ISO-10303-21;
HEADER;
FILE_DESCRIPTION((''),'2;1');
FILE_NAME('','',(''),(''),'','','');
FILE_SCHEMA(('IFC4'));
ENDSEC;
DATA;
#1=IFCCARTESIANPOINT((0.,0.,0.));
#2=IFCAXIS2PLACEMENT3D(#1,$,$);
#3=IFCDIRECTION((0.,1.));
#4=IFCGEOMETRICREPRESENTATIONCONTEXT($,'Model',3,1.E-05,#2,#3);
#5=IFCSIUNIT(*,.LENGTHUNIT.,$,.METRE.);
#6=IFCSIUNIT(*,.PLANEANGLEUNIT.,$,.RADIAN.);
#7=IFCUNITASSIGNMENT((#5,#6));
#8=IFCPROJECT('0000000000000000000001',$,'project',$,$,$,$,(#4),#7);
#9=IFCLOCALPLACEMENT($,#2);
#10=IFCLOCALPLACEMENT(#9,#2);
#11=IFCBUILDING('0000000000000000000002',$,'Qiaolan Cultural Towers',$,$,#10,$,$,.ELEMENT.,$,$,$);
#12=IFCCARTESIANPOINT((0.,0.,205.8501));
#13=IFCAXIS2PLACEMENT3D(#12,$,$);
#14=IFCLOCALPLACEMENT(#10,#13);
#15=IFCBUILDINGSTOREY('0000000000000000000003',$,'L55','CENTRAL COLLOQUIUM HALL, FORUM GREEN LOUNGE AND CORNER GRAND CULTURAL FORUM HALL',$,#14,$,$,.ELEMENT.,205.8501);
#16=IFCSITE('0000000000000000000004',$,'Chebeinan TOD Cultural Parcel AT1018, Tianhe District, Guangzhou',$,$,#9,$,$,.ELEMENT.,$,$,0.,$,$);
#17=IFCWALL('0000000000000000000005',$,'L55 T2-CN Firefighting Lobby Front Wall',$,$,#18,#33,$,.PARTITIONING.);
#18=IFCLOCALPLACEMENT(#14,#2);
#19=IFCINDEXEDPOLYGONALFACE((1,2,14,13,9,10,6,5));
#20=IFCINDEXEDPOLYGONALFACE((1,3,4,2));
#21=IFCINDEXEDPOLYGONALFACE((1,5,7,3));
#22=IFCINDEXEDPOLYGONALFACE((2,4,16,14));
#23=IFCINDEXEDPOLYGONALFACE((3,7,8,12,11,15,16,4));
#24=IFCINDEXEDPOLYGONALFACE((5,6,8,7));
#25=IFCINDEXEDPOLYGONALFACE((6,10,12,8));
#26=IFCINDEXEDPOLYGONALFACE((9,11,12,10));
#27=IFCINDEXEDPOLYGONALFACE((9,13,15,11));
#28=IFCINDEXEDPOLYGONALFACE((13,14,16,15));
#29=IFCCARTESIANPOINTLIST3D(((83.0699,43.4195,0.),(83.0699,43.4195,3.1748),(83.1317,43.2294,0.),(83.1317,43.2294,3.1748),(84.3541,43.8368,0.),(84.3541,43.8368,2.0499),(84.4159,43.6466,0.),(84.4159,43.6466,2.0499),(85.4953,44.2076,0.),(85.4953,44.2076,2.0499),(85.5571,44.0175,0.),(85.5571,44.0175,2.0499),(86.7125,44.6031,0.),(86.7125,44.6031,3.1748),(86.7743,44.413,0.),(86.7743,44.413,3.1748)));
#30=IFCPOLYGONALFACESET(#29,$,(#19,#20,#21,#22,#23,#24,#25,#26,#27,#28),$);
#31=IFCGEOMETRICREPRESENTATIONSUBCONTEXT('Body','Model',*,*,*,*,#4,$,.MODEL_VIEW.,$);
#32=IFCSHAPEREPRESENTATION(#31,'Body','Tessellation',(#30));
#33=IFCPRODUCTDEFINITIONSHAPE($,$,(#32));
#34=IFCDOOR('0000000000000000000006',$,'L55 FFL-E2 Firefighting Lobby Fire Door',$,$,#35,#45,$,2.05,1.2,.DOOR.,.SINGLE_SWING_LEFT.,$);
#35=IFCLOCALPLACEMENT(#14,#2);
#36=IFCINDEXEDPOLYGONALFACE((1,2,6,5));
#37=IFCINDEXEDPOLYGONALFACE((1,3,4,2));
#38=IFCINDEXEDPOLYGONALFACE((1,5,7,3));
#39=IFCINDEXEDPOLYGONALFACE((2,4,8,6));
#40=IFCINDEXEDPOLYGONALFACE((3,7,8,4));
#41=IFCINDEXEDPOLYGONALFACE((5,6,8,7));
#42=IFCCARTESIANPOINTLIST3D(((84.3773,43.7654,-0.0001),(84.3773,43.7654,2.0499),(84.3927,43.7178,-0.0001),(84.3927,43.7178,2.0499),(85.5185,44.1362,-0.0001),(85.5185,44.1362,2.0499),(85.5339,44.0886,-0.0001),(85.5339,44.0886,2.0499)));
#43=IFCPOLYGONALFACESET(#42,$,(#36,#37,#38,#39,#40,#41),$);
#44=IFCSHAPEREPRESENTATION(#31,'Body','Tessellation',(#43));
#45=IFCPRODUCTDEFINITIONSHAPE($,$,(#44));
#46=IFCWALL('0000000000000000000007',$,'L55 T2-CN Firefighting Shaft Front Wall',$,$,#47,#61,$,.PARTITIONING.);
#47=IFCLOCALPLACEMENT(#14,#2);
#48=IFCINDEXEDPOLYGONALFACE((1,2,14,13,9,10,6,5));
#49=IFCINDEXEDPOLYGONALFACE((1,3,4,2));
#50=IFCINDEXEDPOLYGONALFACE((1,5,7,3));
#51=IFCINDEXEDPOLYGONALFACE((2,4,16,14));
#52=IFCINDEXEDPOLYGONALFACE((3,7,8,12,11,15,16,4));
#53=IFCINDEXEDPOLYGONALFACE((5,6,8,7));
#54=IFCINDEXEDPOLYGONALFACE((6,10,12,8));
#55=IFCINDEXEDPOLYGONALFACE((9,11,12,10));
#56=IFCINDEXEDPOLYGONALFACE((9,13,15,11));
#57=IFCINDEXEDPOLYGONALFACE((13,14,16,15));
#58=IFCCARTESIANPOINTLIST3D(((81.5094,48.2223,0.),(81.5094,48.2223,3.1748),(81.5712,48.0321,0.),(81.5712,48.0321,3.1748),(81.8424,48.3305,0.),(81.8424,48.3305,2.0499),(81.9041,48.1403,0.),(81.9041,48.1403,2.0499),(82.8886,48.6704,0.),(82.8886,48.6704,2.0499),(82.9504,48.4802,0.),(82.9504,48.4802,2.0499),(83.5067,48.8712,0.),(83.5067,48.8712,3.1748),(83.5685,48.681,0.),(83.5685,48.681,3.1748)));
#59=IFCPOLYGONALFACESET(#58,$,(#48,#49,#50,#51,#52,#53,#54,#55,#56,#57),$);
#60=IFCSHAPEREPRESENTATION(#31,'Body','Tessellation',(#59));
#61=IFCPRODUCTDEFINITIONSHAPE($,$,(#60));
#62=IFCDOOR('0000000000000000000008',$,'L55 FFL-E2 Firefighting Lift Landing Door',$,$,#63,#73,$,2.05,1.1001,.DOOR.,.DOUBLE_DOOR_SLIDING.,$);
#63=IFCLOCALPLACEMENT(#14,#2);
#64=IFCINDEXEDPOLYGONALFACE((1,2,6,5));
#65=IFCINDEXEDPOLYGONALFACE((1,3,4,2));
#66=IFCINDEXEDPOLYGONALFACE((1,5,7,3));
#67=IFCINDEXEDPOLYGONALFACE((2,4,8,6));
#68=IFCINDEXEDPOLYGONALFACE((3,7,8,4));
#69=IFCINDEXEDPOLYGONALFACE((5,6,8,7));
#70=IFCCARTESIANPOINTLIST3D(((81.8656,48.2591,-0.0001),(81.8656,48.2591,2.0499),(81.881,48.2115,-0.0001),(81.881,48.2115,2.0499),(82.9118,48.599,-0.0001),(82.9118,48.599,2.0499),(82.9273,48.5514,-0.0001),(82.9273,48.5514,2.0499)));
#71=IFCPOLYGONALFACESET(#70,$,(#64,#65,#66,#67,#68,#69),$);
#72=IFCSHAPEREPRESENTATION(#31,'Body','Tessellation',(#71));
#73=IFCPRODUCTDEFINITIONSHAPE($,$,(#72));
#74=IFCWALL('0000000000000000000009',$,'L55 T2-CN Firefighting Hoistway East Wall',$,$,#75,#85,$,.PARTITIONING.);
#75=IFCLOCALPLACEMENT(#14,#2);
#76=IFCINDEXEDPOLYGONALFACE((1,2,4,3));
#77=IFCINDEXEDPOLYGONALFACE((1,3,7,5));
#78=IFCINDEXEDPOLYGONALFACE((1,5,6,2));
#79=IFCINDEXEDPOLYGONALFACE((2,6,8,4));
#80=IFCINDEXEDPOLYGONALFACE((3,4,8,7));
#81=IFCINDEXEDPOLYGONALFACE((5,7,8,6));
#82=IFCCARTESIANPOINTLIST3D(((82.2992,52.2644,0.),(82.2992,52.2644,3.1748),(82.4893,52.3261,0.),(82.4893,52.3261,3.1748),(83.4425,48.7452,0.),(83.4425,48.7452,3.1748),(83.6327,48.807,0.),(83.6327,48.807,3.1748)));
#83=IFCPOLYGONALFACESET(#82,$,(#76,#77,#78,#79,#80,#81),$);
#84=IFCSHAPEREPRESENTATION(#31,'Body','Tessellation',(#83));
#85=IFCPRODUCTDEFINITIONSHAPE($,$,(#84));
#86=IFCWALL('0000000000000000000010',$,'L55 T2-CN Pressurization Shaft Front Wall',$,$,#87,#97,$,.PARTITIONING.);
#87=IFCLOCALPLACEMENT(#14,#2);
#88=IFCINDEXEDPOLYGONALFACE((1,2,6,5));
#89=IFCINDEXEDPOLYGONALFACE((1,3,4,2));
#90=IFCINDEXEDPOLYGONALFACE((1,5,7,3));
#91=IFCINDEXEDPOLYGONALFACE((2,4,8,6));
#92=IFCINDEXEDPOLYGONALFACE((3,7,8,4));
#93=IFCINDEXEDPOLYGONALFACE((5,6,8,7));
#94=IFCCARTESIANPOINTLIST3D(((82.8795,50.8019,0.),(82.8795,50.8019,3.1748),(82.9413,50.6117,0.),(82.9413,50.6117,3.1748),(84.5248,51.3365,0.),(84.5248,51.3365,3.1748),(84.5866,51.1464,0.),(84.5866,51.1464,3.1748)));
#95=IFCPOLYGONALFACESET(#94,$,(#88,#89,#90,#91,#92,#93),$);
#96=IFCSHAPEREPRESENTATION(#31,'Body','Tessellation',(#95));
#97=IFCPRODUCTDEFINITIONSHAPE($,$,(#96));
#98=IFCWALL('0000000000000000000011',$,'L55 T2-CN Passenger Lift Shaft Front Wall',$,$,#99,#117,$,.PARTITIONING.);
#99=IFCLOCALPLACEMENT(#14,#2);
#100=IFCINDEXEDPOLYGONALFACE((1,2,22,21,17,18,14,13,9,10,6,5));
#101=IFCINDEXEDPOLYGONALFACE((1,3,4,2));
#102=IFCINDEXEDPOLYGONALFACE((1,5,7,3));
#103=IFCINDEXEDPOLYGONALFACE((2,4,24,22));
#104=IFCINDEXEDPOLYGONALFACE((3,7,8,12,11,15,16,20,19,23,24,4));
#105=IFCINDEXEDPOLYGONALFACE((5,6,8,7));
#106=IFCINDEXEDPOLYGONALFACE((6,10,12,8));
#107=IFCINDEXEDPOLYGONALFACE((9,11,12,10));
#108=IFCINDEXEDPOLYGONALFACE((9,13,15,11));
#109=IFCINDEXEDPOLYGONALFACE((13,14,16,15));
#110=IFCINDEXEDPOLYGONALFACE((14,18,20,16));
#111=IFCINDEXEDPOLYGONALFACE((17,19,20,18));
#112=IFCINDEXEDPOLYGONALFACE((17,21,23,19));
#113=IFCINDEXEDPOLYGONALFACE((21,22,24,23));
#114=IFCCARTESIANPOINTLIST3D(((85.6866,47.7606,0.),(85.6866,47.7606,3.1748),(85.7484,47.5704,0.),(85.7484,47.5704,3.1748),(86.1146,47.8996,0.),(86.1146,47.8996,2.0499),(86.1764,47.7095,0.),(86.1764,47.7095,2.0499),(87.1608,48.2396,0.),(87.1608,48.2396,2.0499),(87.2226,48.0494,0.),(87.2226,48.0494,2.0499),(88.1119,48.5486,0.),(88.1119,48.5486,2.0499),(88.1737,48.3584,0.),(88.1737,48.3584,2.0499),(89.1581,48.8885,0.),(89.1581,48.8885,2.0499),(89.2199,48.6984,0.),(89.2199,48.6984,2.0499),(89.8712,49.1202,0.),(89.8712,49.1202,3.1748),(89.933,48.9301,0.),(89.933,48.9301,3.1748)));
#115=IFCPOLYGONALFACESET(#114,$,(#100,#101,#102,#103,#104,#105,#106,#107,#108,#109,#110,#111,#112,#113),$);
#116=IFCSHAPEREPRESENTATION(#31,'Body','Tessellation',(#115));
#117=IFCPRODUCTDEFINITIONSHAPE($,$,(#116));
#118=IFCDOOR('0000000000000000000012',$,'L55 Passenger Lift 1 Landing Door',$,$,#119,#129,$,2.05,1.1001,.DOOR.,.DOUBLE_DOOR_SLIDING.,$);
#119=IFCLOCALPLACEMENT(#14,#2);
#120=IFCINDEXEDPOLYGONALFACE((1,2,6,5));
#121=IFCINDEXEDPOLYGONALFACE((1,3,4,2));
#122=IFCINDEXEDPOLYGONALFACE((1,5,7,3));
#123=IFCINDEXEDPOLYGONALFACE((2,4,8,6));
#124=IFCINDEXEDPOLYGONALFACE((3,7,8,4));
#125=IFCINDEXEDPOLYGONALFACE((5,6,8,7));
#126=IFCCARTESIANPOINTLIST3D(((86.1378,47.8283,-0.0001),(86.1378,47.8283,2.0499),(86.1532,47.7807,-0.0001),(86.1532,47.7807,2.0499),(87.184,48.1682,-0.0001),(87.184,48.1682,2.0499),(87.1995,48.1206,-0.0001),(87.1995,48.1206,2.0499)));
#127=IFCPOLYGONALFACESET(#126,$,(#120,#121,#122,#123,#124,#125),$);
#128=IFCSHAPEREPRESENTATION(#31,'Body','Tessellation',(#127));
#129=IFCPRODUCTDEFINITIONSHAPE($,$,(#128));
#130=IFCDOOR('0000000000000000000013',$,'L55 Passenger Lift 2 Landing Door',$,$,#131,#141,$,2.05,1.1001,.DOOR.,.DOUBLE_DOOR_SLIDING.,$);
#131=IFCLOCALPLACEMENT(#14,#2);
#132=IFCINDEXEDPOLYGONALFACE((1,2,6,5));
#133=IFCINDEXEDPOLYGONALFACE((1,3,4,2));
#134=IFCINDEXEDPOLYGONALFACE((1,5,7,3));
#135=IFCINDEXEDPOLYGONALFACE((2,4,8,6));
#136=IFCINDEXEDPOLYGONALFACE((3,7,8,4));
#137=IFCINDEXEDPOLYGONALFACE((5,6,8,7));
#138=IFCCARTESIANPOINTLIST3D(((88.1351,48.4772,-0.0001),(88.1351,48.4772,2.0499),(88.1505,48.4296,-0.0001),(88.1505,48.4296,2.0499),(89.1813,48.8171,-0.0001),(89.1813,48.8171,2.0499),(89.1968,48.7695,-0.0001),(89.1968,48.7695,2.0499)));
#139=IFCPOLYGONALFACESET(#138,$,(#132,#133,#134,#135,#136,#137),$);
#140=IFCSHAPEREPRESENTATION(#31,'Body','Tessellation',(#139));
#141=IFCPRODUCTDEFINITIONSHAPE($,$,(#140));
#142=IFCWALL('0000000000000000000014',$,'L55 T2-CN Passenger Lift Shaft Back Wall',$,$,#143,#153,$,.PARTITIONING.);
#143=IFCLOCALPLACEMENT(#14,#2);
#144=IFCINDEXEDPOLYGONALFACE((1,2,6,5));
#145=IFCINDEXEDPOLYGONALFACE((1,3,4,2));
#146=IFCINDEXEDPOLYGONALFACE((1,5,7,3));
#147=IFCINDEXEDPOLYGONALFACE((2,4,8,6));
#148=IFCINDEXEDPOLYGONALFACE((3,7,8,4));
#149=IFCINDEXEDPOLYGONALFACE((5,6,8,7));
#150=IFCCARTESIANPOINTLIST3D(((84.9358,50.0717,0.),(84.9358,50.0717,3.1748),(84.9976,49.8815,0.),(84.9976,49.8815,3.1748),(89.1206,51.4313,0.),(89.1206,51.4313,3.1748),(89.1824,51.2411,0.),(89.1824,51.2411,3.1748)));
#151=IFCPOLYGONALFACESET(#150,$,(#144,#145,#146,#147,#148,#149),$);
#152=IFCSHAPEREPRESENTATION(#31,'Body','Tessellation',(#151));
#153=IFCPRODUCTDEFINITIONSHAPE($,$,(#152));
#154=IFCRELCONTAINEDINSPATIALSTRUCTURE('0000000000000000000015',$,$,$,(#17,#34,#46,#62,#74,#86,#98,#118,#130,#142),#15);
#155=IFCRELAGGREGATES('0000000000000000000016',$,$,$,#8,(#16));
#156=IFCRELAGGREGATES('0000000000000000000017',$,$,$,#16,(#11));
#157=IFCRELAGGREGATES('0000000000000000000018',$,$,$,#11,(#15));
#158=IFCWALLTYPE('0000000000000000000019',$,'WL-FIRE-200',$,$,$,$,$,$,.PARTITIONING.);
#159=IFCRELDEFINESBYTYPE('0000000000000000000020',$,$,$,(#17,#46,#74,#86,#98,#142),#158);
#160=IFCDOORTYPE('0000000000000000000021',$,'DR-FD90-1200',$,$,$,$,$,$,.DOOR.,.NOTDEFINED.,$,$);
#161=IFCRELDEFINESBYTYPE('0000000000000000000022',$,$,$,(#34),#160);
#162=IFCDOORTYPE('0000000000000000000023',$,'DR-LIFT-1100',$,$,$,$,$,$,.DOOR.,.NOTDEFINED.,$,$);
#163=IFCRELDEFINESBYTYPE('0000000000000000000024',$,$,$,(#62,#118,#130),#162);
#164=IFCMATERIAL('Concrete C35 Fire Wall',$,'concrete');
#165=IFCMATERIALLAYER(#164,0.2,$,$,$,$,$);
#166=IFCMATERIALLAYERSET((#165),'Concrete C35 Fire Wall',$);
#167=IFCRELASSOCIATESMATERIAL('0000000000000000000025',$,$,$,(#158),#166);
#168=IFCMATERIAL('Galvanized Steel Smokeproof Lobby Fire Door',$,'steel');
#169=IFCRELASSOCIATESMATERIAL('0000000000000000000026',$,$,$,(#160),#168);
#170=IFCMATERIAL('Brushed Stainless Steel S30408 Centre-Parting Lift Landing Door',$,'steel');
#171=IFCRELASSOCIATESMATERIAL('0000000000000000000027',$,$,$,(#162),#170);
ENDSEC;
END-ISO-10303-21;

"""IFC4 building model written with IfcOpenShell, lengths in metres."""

from ifc_helpers import new_model, si_unit, direction, frame, frame_2d, origin, place, context, subcontext, project, spatial, rectangle, extrude, material, layer, layer_set, type_object, element, fill, save


model = new_model("IFC4")

# Units and contexts
model_context = context("Model", 3, precision=1e-05, world=origin(), true_north=direction((0.0, 1.0)))
body_context = subcontext(model_context, "Body", "Model", "MODEL_VIEW")
ifc_project = project(units=[si_unit("LENGTHUNIT", "METRE"), si_unit("PLANEANGLEUNIT", "RADIAN")], contexts=[model_context])

# Site, building, storey
site_placement = place(None, origin())
site = spatial("IfcSite", under=ifc_project, at=site_placement, Name="Chebeinan TOD Cultural Parcel AT1018, Tianhe District, Guangzhou", CompositionType="ELEMENT", RefElevation=0.0)
building_placement = place(site_placement, origin())
building = spatial("IfcBuilding", under=site, at=building_placement, Name="Qiaolan Cultural Towers", CompositionType="ELEMENT")
storey_placement = place(building_placement, frame((0.0, 0.0, 205.8501)))
storey = spatial("IfcBuildingStorey", under=building, at=storey_placement, Name="L55", Description="CENTRAL COLLOQUIUM HALL, FORUM GREEN LOUNGE AND CORNER GRAND CULTURAL FORUM HALL", CompositionType="ELEMENT", Elevation=205.8501)

# Shared definitions
ifc_material_1 = material(Name="Concrete C35 Fire Wall", Category="concrete")
ifc_layer_1 = layer(ifc_material_1, 0.2)
ifc_layer_set_1 = layer_set([ifc_layer_1], Name="Concrete C35 Fire Wall")
wall_type_1 = type_object("IfcWallType", Name="WL-FIRE-200", PredefinedType="PARTITIONING", material=ifc_layer_set_1)

# Walls, openings, doors
wall_1_placement = place(storey_placement, frame((83.1008, 43.3245, 0.0), z_axis=(0.0, 0.0, 1.0), x_axis=(0.951053, 0.309028, 0.0)))
wall_1 = element("IfcWall", 1, at=wall_1_placement, inside=storey, type_object=wall_type_1, Name="L55 T2-CN Firefighting Lobby Front Wall", PredefinedType="PARTITIONING", context=body_context, shape_type="SweptSolid", body=[
    extrude(rectangle(XDim=3.8301, YDim=0.2, at=frame_2d((1.915, 0.0))), origin(), (0.0, 0.0, 1.0), 3.1748),
])
opening_1_placement = place(wall_1_placement, frame((1.3501, 0.0, 0.0)))
opening_1 = element("IfcOpeningElement", 2, at=opening_1_placement, cuts=wall_1, PredefinedType="OPENING", context=body_context, shape_type="SweptSolid", body=[
    extrude(rectangle(XDim=1.2, YDim=2.05, at=frame_2d((0.6001, 1.0249))), frame((0.0, 0.1099, 0.0), z_axis=(0.0, -1.0, 0.0), x_axis=(1.0, 0.0, 0.0)), (0.0, 0.0, 1.0), 0.22),
])
ifc_material_2 = material(Name="Galvanized Steel Smokeproof Lobby Fire Door", Category="steel")
door_type_1 = type_object("IfcDoorType", Name="DR-FD90-1200", OperationType="NOTDEFINED", PredefinedType="DOOR", material=ifc_material_2)
door_1_placement = place(opening_1_placement, origin())
door_1 = element("IfcDoor", 3, at=door_1_placement, inside=storey, type_object=door_type_1, Name="L55 FFL-E2 Firefighting Lobby Fire Door", OperationType="SINGLE_SWING_LEFT", OverallHeight=2.05, OverallWidth=1.2, PredefinedType="DOOR", context=body_context, shape_type="SweptSolid", body=[
    extrude(rectangle(XDim=1.2, YDim=2.05, at=frame_2d((0.6001, 1.0249))), frame((0.0, 0.0249, 0.0), z_axis=(0.0, -1.0, 0.0), x_axis=(1.0, 0.0, 0.0)), (0.0, 0.0, 1.0), 0.05),
])
fill(opening_1, door_1)
wall_2_placement = place(storey_placement, frame((81.5403, 48.1272, 0.0), z_axis=(0.0, 0.0, 1.0), x_axis=(0.951062, 0.308999, 0.0)))
wall_2 = element("IfcWall", 4, at=wall_2_placement, inside=storey, type_object=wall_type_1, Name="L55 T2-CN Firefighting Shaft Front Wall", PredefinedType="PARTITIONING", context=body_context, shape_type="SweptSolid", body=[
    extrude(rectangle(XDim=2.1001, YDim=0.2, at=frame_2d((1.05, 0.0))), origin(), (0.0, 0.0, 1.0), 3.1748),
])
opening_2_placement = place(wall_2_placement, frame((0.3501, 0.0, 0.0)))
opening_2 = element("IfcOpeningElement", 5, at=opening_2_placement, cuts=wall_2, PredefinedType="OPENING", context=body_context, shape_type="SweptSolid", body=[
    extrude(rectangle(XDim=1.1001, YDim=2.05, at=frame_2d((0.55, 1.0249))), frame((0.0, 0.1099, 0.0), z_axis=(0.0, -1.0, 0.0), x_axis=(1.0, 0.0, 0.0)), (0.0, 0.0, 1.0), 0.22),
])
ifc_material_3 = material(Name="Brushed Stainless Steel S30408 Centre-Parting Lift Landing Door", Category="steel")
door_type_2 = type_object("IfcDoorType", Name="DR-LIFT-1100", OperationType="NOTDEFINED", PredefinedType="DOOR", material=ifc_material_3)
door_2_placement = place(opening_2_placement, origin())
door_2 = element("IfcDoor", 6, at=door_2_placement, inside=storey, type_object=door_type_2, Name="L55 FFL-E2 Firefighting Lift Landing Door", OperationType="DOUBLE_DOOR_SLIDING", OverallHeight=2.05, OverallWidth=1.1001, PredefinedType="DOOR", context=body_context, shape_type="SweptSolid", body=[
    extrude(rectangle(XDim=1.1001, YDim=2.05, at=frame_2d((0.55, 1.0249))), frame((0.0, 0.0249, 0.0), z_axis=(0.0, -1.0, 0.0), x_axis=(1.0, 0.0, 0.0)), (0.0, 0.0, 1.0), 0.05),
])
fill(opening_2, door_2)

# Walls
wall_3_placement = place(storey_placement, frame((83.5376, 48.7761, 0.0), z_axis=(0.0, 0.0, 1.0), x_axis=(-0.308994, 0.951064, 0.0)))
element("IfcWall", 7, at=wall_3_placement, inside=storey, type_object=wall_type_1, Name="L55 T2-CN Firefighting Hoistway East Wall", PredefinedType="PARTITIONING", context=body_context, shape_type="SweptSolid", body=[
    extrude(rectangle(XDim=3.7002, YDim=0.2, at=frame_2d((1.8501, 0.0))), origin(), (0.0, 0.0, 1.0), 3.1748),
])
wall_4_placement = place(storey_placement, frame((82.9104, 50.7068, 0.0), z_axis=(0.0, 0.0, 1.0), x_axis=(0.951041, 0.309064, 0.0)))
element("IfcWall", 8, at=wall_4_placement, inside=storey, type_object=wall_type_1, Name="L55 T2-CN Pressurization Shaft Front Wall", PredefinedType="PARTITIONING", context=body_context, shape_type="SweptSolid", body=[
    extrude(rectangle(XDim=1.73, YDim=0.2, at=frame_2d((0.865, 0.0))), origin(), (0.0, 0.0, 1.0), 3.1748),
])

# Wall, openings, doors
wall_5_placement = place(storey_placement, frame((85.7175, 47.6655, 0.0), z_axis=(0.0, 0.0, 1.0), x_axis=(0.951059, 0.309011, 0.0)))
wall_5 = element("IfcWall", 9, at=wall_5_placement, inside=storey, type_object=wall_type_1, Name="L55 T2-CN Passenger Lift Shaft Front Wall", PredefinedType="PARTITIONING", context=body_context, shape_type="SweptSolid", body=[
    extrude(rectangle(XDim=4.3999, YDim=0.2, at=frame_2d((2.2, 0.0))), origin(), (0.0, 0.0, 1.0), 3.1748),
])
opening_3_placement = place(wall_5_placement, frame((0.45, 0.0, 0.0)))
opening_3 = element("IfcOpeningElement", 10, at=opening_3_placement, cuts=wall_5, PredefinedType="OPENING", context=body_context, shape_type="SweptSolid", body=[
    extrude(rectangle(XDim=1.1001, YDim=2.05, at=frame_2d((0.55, 1.0249))), frame((0.0, 0.1099, 0.0), z_axis=(0.0, -1.0, 0.0), x_axis=(1.0, 0.0, 0.0)), (0.0, 0.0, 1.0), 0.22),
])
opening_4_placement = place(wall_5_placement, frame((2.55, 0.0, 0.0)))
opening_4 = element("IfcOpeningElement", 11, at=opening_4_placement, cuts=wall_5, PredefinedType="OPENING", context=body_context, shape_type="SweptSolid", body=[
    extrude(rectangle(XDim=1.1001, YDim=2.05, at=frame_2d((0.55, 1.0249))), frame((0.0, 0.1099, 0.0), z_axis=(0.0, -1.0, 0.0), x_axis=(1.0, 0.0, 0.0)), (0.0, 0.0, 1.0), 0.22),
])
door_3_placement = place(opening_3_placement, origin())
door_3 = element("IfcDoor", 12, at=door_3_placement, inside=storey, type_object=door_type_2, Name="L55 Passenger Lift 1 Landing Door", OperationType="DOUBLE_DOOR_SLIDING", OverallHeight=2.05, OverallWidth=1.1001, PredefinedType="DOOR", context=body_context, shape_type="SweptSolid", body=[
    extrude(rectangle(XDim=1.1001, YDim=2.05, at=frame_2d((0.55, 1.0249))), frame((0.0, 0.0249, 0.0), z_axis=(0.0, -1.0, 0.0), x_axis=(1.0, 0.0, 0.0)), (0.0, 0.0, 1.0), 0.05),
])
fill(opening_3, door_3)
door_4_placement = place(opening_4_placement, origin())
door_4 = element("IfcDoor", 13, at=door_4_placement, inside=storey, type_object=door_type_2, Name="L55 Passenger Lift 2 Landing Door", OperationType="DOUBLE_DOOR_SLIDING", OverallHeight=2.05, OverallWidth=1.1001, PredefinedType="DOOR", context=body_context, shape_type="SweptSolid", body=[
    extrude(rectangle(XDim=1.1001, YDim=2.05, at=frame_2d((0.55, 1.0249))), frame((0.0, 0.0249, 0.0), z_axis=(0.0, -1.0, 0.0), x_axis=(1.0, 0.0, 0.0)), (0.0, 0.0, 1.0), 0.05),
])
fill(opening_4, door_4)

# Wall
wall_6_placement = place(storey_placement, frame((84.9666, 49.9766, 0.0), z_axis=(0.0, 0.0, 1.0), x_axis=(0.951064, 0.308994, 0.0)))
element("IfcWall", 14, at=wall_6_placement, inside=storey, type_object=wall_type_1, Name="L55 T2-CN Passenger Lift Shaft Back Wall", PredefinedType="PARTITIONING", context=body_context, shape_type="SweptSolid", body=[
    extrude(rectangle(XDim=4.4001, YDim=0.2, at=frame_2d((2.2002, 0.0))), origin(), (0.0, 0.0, 1.0), 3.1748),
])

save(model, "model.ifc")
